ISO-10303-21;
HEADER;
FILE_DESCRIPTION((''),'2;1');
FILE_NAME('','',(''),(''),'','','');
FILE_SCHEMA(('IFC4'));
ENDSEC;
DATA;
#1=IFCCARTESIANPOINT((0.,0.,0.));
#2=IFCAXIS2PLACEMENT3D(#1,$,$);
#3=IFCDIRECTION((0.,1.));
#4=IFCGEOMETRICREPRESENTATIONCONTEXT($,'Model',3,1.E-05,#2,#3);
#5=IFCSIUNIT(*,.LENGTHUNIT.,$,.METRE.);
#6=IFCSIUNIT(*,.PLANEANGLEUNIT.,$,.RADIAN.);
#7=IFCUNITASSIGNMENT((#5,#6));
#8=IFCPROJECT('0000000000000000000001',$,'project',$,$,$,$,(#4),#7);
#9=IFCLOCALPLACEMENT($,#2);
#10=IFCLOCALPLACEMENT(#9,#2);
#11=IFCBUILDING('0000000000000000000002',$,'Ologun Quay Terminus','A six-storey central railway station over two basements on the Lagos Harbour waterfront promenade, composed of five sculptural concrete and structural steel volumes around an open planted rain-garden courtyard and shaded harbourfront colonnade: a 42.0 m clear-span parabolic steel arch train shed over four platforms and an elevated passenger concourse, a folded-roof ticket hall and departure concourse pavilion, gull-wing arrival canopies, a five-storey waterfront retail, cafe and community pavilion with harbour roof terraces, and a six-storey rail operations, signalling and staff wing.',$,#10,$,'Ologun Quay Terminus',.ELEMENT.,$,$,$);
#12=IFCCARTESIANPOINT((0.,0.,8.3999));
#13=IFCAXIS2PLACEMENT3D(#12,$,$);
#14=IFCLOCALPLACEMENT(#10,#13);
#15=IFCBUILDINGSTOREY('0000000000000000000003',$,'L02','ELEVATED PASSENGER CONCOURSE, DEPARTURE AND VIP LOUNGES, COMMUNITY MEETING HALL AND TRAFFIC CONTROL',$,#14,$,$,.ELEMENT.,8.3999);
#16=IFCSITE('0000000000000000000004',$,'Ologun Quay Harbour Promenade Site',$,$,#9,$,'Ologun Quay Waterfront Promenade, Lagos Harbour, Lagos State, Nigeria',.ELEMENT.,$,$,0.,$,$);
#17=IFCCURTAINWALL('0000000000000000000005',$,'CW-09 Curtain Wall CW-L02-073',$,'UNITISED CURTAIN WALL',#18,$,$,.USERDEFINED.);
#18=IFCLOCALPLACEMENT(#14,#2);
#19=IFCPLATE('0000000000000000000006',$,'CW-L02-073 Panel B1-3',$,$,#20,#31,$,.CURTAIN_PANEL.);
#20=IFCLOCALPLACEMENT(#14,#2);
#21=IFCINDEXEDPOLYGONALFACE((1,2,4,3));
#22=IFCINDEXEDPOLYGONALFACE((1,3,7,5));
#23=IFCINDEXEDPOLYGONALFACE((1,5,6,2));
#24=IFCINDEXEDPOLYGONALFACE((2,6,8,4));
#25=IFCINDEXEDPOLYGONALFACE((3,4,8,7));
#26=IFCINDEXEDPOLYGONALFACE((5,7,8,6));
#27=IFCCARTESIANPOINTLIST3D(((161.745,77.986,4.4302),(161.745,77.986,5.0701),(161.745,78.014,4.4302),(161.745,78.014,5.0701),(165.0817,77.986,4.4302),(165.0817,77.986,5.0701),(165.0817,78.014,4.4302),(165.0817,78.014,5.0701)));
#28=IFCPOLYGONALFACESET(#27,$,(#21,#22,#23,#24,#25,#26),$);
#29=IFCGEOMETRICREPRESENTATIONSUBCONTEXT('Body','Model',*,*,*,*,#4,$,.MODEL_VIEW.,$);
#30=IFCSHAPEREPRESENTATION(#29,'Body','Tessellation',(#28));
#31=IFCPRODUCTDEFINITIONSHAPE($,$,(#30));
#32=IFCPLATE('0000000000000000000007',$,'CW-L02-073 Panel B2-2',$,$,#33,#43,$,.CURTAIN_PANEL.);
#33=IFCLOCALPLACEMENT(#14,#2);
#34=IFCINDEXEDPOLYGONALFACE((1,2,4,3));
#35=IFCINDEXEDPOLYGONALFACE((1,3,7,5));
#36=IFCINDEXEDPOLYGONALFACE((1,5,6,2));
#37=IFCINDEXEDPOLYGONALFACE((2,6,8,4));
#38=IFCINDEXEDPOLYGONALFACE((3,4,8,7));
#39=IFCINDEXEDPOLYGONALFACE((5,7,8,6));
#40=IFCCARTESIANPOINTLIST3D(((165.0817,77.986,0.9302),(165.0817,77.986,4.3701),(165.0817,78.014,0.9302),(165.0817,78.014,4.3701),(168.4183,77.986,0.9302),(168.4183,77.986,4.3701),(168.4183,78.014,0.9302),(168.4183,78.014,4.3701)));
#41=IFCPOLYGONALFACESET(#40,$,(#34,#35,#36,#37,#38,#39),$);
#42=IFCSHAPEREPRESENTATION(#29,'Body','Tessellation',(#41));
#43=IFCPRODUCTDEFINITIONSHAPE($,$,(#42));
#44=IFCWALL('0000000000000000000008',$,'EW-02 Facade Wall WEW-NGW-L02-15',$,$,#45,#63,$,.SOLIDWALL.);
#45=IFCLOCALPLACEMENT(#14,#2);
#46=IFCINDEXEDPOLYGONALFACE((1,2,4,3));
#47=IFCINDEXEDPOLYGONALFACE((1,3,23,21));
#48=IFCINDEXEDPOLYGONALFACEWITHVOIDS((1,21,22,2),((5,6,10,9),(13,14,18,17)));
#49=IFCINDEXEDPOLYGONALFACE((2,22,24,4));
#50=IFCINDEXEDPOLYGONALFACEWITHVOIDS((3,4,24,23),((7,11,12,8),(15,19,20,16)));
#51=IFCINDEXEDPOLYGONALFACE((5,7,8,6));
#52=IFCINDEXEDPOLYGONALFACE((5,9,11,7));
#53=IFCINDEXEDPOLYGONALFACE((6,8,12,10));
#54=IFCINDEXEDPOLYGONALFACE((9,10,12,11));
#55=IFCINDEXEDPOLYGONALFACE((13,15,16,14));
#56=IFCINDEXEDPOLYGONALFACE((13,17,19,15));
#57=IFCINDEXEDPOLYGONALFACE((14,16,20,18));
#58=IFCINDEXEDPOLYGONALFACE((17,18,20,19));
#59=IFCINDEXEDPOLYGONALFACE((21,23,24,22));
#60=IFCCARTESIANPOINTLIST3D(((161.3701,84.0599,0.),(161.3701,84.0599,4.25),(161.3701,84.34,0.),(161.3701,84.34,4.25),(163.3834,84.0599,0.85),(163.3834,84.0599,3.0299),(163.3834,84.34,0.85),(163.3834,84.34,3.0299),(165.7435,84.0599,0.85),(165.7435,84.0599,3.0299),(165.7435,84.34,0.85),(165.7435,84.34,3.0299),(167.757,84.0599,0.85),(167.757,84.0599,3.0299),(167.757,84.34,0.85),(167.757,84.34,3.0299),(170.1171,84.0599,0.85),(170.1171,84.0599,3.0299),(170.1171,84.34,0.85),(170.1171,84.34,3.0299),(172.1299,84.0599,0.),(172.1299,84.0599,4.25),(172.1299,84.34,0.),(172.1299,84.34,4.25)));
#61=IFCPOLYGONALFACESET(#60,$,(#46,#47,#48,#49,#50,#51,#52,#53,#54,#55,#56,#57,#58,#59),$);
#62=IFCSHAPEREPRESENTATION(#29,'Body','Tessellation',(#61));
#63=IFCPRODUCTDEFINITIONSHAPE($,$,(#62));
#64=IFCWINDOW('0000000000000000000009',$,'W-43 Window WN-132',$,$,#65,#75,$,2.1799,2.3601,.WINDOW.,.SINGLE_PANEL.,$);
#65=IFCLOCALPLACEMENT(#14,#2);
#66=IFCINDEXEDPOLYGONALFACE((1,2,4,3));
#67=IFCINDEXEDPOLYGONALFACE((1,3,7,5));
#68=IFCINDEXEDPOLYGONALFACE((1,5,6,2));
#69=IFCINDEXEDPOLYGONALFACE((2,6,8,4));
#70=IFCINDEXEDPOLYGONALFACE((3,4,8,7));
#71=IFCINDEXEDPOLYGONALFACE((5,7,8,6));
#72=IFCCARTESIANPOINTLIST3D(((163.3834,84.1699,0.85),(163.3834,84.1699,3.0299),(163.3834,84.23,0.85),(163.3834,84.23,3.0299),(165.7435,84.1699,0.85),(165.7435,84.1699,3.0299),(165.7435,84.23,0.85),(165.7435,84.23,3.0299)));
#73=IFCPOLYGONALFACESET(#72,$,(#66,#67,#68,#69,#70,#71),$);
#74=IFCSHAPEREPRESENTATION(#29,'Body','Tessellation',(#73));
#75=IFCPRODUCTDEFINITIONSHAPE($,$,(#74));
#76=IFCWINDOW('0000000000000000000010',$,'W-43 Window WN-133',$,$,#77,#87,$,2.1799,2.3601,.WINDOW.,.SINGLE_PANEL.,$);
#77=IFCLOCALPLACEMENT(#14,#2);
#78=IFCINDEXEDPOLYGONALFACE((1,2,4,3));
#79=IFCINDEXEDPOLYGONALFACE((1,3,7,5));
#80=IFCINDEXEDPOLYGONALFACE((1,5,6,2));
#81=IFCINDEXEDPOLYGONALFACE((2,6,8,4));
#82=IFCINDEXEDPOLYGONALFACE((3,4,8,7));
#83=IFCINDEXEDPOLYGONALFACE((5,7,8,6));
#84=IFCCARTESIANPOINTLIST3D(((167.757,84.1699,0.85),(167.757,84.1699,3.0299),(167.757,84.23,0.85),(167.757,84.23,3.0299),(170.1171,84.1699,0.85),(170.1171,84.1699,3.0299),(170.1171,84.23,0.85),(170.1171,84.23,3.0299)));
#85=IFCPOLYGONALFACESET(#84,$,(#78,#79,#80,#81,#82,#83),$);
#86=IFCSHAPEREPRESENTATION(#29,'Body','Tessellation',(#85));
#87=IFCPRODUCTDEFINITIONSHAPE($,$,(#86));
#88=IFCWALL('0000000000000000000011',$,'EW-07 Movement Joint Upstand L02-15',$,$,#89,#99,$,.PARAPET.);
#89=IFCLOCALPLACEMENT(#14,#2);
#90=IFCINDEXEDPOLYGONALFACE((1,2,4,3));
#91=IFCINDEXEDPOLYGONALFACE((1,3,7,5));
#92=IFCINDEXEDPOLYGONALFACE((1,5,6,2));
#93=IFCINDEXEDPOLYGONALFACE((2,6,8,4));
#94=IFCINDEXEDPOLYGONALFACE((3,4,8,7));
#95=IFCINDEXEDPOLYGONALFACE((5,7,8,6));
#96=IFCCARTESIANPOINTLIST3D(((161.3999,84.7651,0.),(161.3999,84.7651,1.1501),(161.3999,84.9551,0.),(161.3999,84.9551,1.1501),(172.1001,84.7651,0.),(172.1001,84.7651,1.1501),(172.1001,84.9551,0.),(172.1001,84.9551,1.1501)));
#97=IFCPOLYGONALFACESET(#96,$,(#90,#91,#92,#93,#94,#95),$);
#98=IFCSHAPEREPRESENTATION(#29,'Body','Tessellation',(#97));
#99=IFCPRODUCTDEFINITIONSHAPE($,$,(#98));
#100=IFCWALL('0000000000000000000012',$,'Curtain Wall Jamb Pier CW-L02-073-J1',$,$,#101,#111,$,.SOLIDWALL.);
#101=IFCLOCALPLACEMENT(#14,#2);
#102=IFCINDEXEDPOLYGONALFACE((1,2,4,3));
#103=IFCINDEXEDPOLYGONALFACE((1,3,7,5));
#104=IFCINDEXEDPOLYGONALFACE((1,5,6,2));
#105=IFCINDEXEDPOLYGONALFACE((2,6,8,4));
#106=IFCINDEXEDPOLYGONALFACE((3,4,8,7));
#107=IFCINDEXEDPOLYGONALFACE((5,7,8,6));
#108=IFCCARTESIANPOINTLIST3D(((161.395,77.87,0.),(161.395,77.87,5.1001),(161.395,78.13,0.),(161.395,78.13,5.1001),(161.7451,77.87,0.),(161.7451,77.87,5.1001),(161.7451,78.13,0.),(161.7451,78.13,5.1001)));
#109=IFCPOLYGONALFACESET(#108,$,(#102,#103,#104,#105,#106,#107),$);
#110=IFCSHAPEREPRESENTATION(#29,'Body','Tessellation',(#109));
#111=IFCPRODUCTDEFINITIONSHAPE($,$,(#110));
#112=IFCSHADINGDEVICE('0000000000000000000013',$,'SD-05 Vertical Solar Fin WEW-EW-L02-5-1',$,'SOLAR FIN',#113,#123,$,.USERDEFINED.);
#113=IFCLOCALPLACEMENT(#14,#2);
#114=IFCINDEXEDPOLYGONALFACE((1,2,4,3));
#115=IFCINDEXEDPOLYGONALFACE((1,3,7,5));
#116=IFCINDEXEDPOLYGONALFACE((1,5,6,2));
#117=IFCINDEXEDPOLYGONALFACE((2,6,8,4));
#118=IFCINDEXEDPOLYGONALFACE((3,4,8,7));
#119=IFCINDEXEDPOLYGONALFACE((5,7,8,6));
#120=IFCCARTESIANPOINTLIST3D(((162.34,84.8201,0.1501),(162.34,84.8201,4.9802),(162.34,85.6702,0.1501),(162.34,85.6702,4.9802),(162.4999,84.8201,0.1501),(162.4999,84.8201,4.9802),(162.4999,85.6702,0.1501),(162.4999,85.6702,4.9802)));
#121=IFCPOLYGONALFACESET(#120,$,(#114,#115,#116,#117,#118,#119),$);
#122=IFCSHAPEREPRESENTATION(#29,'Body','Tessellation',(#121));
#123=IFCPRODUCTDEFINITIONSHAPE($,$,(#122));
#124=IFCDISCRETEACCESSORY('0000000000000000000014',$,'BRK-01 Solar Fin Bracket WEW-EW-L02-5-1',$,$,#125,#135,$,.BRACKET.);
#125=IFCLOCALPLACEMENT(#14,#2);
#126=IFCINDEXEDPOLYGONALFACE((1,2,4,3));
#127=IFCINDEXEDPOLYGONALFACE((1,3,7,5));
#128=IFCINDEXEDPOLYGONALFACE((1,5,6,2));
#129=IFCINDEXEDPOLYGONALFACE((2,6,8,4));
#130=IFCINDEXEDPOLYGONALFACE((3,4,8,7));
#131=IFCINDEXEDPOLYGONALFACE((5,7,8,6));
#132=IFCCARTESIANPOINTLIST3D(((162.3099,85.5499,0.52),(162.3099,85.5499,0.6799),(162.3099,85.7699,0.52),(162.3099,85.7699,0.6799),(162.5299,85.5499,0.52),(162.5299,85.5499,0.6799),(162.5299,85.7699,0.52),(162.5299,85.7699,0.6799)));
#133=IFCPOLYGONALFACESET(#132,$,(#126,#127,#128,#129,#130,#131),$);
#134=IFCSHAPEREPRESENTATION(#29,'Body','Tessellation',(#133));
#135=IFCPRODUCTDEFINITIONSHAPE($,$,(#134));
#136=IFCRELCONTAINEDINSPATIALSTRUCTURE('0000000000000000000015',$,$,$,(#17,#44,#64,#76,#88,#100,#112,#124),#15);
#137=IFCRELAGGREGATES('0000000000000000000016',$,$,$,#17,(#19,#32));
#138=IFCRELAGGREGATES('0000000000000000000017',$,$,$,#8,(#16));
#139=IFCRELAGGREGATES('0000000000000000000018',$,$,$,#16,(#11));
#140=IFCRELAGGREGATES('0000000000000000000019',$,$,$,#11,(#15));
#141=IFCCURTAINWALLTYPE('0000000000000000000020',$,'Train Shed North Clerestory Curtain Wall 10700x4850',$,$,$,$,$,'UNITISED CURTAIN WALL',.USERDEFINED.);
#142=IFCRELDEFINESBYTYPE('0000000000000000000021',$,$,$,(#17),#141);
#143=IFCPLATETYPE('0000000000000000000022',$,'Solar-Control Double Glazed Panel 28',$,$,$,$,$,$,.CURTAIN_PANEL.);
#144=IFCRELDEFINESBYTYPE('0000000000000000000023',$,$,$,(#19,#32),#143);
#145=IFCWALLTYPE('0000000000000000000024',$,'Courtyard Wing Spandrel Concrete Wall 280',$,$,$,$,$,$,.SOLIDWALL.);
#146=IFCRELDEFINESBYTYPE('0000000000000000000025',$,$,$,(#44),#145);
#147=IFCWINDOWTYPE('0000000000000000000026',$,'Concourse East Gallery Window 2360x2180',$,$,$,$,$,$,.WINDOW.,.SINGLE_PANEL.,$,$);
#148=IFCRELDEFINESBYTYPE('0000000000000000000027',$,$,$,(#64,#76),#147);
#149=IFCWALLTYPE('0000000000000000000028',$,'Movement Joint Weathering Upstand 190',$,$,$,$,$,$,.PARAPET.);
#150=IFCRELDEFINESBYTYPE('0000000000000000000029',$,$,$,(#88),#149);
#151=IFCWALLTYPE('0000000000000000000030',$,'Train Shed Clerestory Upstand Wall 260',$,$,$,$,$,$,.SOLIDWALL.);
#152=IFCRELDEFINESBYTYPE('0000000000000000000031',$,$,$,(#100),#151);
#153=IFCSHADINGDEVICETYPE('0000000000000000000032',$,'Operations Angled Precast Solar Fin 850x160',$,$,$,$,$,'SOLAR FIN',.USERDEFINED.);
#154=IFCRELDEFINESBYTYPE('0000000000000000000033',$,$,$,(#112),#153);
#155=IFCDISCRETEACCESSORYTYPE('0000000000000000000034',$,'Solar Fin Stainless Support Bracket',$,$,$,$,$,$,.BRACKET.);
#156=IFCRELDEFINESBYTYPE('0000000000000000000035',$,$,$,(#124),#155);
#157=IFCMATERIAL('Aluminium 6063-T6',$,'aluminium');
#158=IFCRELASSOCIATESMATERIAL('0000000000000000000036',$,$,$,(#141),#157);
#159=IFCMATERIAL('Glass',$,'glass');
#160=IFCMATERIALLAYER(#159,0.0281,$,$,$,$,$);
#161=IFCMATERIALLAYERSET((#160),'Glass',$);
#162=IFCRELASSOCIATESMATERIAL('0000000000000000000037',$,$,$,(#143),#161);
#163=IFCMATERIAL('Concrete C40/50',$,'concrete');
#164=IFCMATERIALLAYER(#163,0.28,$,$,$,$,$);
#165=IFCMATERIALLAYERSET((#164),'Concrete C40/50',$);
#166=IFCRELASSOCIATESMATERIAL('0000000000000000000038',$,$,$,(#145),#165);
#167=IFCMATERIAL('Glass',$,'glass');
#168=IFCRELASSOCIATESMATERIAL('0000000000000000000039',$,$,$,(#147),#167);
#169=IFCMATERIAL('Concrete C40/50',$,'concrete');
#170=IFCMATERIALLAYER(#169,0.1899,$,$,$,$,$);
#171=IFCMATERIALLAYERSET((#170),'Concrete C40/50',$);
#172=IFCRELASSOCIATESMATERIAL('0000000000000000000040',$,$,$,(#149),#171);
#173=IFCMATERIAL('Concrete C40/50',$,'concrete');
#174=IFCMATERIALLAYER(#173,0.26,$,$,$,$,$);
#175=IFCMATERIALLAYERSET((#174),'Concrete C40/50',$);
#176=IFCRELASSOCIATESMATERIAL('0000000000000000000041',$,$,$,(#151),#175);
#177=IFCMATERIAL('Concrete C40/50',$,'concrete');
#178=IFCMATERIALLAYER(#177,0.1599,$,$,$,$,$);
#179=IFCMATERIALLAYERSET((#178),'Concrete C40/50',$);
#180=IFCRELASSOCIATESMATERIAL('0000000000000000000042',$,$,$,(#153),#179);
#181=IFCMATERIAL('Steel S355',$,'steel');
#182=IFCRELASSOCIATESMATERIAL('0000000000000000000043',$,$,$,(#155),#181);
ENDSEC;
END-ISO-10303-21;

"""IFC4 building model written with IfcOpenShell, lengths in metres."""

from ifc_helpers import new_model, si_unit, direction, frame, frame_2d, origin, origin_2d, place, context, subcontext, project, spatial, rectangle, extrude, material, layer, layer_set, type_object, element, fill, aggregate, save


model = new_model("IFC4")

# Units and contexts
model_context = context("Model", 3, precision=1e-05, world=origin(), true_north=direction((0.0, 1.0)))
body_context = subcontext(model_context, "Body", "Model", "MODEL_VIEW")
ifc_project = project(units=[si_unit("LENGTHUNIT", "METRE"), si_unit("PLANEANGLEUNIT", "RADIAN")], contexts=[model_context])

# Site, building, storey
site_placement = place(None, origin())
site = spatial("IfcSite", under=ifc_project, at=site_placement, Name="Ologun Quay Harbour Promenade Site", LongName="Ologun Quay Waterfront Promenade, Lagos Harbour, Lagos State, Nigeria", CompositionType="ELEMENT", RefElevation=0.0)
building_placement = place(site_placement, origin())
building = spatial("IfcBuilding", under=site, at=building_placement, Name="Ologun Quay Terminus", Description="A six-storey central railway station over two basements on the Lagos Harbour waterfront promenade, composed of five sculptural concrete and structural steel volumes around an open planted rain-garden courtyard and shaded harbourfront colonnade: a 42.0 m clear-span parabolic steel arch train shed over four platforms and an elevated passenger concourse, a folded-roof ticket hall and departure concourse pavilion, gull-wing arrival canopies, a five-storey waterfront retail, cafe and community pavilion with harbour roof terraces, and a six-storey rail operations, signalling and staff wing.", LongName="Ologun Quay Terminus", CompositionType="ELEMENT")
storey_placement = place(building_placement, frame((0.0, 0.0, 8.3999)))
storey = spatial("IfcBuildingStorey", under=building, at=storey_placement, Name="L02", Description="ELEVATED PASSENGER CONCOURSE, DEPARTURE AND VIP LOUNGES, COMMUNITY MEETING HALL AND TRAFFIC CONTROL", CompositionType="ELEMENT", Elevation=8.3999)

# Curtain wall
ifc_material_1 = material(Name="Aluminium 6063-T6", Category="aluminium")
curtain_wall_type = type_object("IfcCurtainWallType", Name="Train Shed North Clerestory Curtain Wall 10700x4850", ElementType="UNITISED CURTAIN WALL", PredefinedType="USERDEFINED", material=ifc_material_1)
curtain_wall_placement = place(storey_placement, origin())
curtain_wall = element("IfcCurtainWall", 1, at=curtain_wall_placement, inside=storey, type_object=curtain_wall_type, Name="CW-09 Curtain Wall CW-L02-073", ObjectType="UNITISED CURTAIN WALL", PredefinedType="USERDEFINED")

# Plates
ifc_material_2 = material(Name="Glass", Category="glass")
ifc_layer_1 = layer(ifc_material_2, 0.0281)
ifc_layer_set_1 = layer_set([ifc_layer_1], Name="Glass")
plate_type_1 = type_object("IfcPlateType", Name="Solar-Control Double Glazed Panel 28", PredefinedType="CURTAIN_PANEL", material=ifc_layer_set_1)
plate_1_placement = place(storey_placement, frame((163.4133, 78.0, 4.4302), z_axis=(0.0, 0.0, 1.0), x_axis=(1.0, 0.0, 0.0)))
plate_1 = element("IfcPlate", 2, at=plate_1_placement, type_object=plate_type_1, Name="CW-L02-073 Panel B1-3", PredefinedType="CURTAIN_PANEL", context=body_context, shape_type="SweptSolid", body=[
    extrude(rectangle(XDim=3.3367, YDim=0.0281, at=origin_2d()), origin(), (0.0, 0.0, 1.0), 0.6399),
])
plate_2_placement = place(storey_placement, frame((166.75, 78.0, 0.9302), z_axis=(0.0, 0.0, 1.0), x_axis=(1.0, 0.0, 0.0)))
plate_2 = element("IfcPlate", 3, at=plate_2_placement, type_object=plate_type_1, Name="CW-L02-073 Panel B2-2", PredefinedType="CURTAIN_PANEL", context=body_context, shape_type="SweptSolid", body=[
    extrude(rectangle(XDim=3.3367, YDim=0.0281, at=origin_2d()), origin(), (0.0, 0.0, 1.0), 3.4399),
])
aggregate(curtain_wall, [plate_1, plate_2])

# Wall, openings, windows
ifc_material_3 = material(Name="Concrete C40/50", Category="concrete")
ifc_layer_2 = layer(ifc_material_3, 0.28)
ifc_layer_set_2 = layer_set([ifc_layer_2], Name="Concrete C40/50")
wall_type_1 = type_object("IfcWallType", Name="Courtyard Wing Spandrel Concrete Wall 280", PredefinedType="SOLIDWALL", material=ifc_layer_set_2)
wall_1_placement = place(storey_placement, frame((161.3701, 84.2, 0.0), z_axis=(0.0, 0.0, 1.0), x_axis=(1.0, 0.0, 0.0)))
wall_1 = element("IfcWall", 4, at=wall_1_placement, inside=storey, type_object=wall_type_1, Name="EW-02 Facade Wall WEW-NGW-L02-15", PredefinedType="SOLIDWALL", context=body_context, shape_type="SweptSolid", body=[
    extrude(rectangle(XDim=10.7598, YDim=0.28, at=frame_2d((5.3799, 0.0))), origin(), (0.0, 0.0, 1.0), 4.25),
])
opening_1_placement = place(wall_1_placement, frame((2.0132, 0.0, 0.8501)))
opening_1 = element("IfcOpeningElement", 5, at=opening_1_placement, cuts=wall_1, PredefinedType="OPENING", context=body_context, shape_type="SweptSolid", body=[
    extrude(rectangle(XDim=2.3601, YDim=2.1799, at=frame_2d((1.1802, 1.0898))), frame((0.0, 0.1499, 0.0), z_axis=(0.0, -1.0, 0.0), x_axis=(1.0, 0.0, 0.0)), (0.0, 0.0, 1.0), 0.3),
])
opening_2_placement = place(wall_1_placement, frame((6.3867, 0.0, 0.8501)))
opening_2 = element("IfcOpeningElement", 6, at=opening_2_placement, cuts=wall_1, PredefinedType="OPENING", context=body_context, shape_type="SweptSolid", body=[
    extrude(rectangle(XDim=2.3601, YDim=2.1799, at=frame_2d((1.1802, 1.0898))), frame((0.0, 0.1499, 0.0), z_axis=(0.0, -1.0, 0.0), x_axis=(1.0, 0.0, 0.0)), (0.0, 0.0, 1.0), 0.3),
])
ifc_material_4 = material(Name="Glass", Category="glass")
window_type = type_object("IfcWindowType", Name="Concourse East Gallery Window 2360x2180", PartitioningType="SINGLE_PANEL", PredefinedType="WINDOW", material=ifc_material_4)
window_1_placement = place(opening_1_placement, origin())
window_1 = element("IfcWindow", 7, at=window_1_placement, inside=storey, type_object=window_type, Name="W-43 Window WN-132", OverallHeight=2.1799, OverallWidth=2.3601, PartitioningType="SINGLE_PANEL", PredefinedType="WINDOW", context=body_context, shape_type="SweptSolid", body=[
    extrude(rectangle(XDim=2.3601, YDim=2.1799, at=frame_2d((1.1802, 1.0898))), frame((0.0, 0.03, 0.0), z_axis=(0.0, -1.0, 0.0), x_axis=(1.0, 0.0, 0.0)), (0.0, 0.0, 1.0), 0.0601),
])
fill(opening_1, window_1)
window_2_placement = place(opening_2_placement, origin())
window_2 = element("IfcWindow", 8, at=window_2_placement, inside=storey, type_object=window_type, Name="W-43 Window WN-133", OverallHeight=2.1799, OverallWidth=2.3601, PartitioningType="SINGLE_PANEL", PredefinedType="WINDOW", context=body_context, shape_type="SweptSolid", body=[
    extrude(rectangle(XDim=2.3601, YDim=2.1799, at=frame_2d((1.1802, 1.0898))), frame((0.0, 0.03, 0.0), z_axis=(0.0, -1.0, 0.0), x_axis=(1.0, 0.0, 0.0)), (0.0, 0.0, 1.0), 0.0601),
])
fill(opening_2, window_2)

# Walls
ifc_material_5 = material(Name="Concrete C40/50", Category="concrete")
ifc_layer_3 = layer(ifc_material_5, 0.1899)
ifc_layer_set_3 = layer_set([ifc_layer_3], Name="Concrete C40/50")
wall_type_2 = type_object("IfcWallType", Name="Movement Joint Weathering Upstand 190", PredefinedType="PARAPET", material=ifc_layer_set_3)
wall_2_placement = place(storey_placement, frame((161.3999, 84.8601, 0.0), z_axis=(0.0, 0.0, 1.0), x_axis=(1.0, 0.0, 0.0)))
element("IfcWall", 9, at=wall_2_placement, inside=storey, type_object=wall_type_2, Name="EW-07 Movement Joint Upstand L02-15", PredefinedType="PARAPET", context=body_context, shape_type="SweptSolid", body=[
    extrude(rectangle(XDim=10.7002, YDim=0.1899, at=frame_2d((5.3501, 0.0))), origin(), (0.0, 0.0, 1.0), 1.1501),
])
ifc_material_6 = material(Name="Concrete C40/50", Category="concrete")
ifc_layer_4 = layer(ifc_material_6, 0.26)
ifc_layer_set_4 = layer_set([ifc_layer_4], Name="Concrete C40/50")
wall_type_3 = type_object("IfcWallType", Name="Train Shed Clerestory Upstand Wall 260", PredefinedType="SOLIDWALL", material=ifc_layer_set_4)
wall_3_placement = place(storey_placement, frame((161.395, 78.0, 0.0), z_axis=(0.0, 0.0, 1.0), x_axis=(1.0, 0.0, 0.0)))
element("IfcWall", 10, at=wall_3_placement, inside=storey, type_object=wall_type_3, Name="Curtain Wall Jamb Pier CW-L02-073-J1", PredefinedType="SOLIDWALL", context=body_context, shape_type="SweptSolid", body=[
    extrude(rectangle(XDim=0.3501, YDim=0.26, at=frame_2d((0.175, 0.0))), origin(), (0.0, 0.0, 1.0), 5.1001),
])

# Shading device
ifc_material_7 = material(Name="Concrete C40/50", Category="concrete")
ifc_layer_5 = layer(ifc_material_7, 0.1599)
ifc_layer_set_5 = layer_set([ifc_layer_5], Name="Concrete C40/50")
shading_device_type = type_object("IfcShadingDeviceType", Name="Operations Angled Precast Solar Fin 850x160", ElementType="SOLAR FIN", PredefinedType="USERDEFINED", material=ifc_layer_set_5)
shading_device_placement = place(storey_placement, frame((162.4199, 85.2451, 0.1501), z_axis=(0.0, 0.0, 1.0), x_axis=(1.0, 0.0, 0.0)))
element("IfcShadingDevice", 11, at=shading_device_placement, inside=storey, type_object=shading_device_type, Name="SD-05 Vertical Solar Fin WEW-EW-L02-5-1", ObjectType="SOLAR FIN", PredefinedType="USERDEFINED", context=body_context, shape_type="SweptSolid", body=[
    extrude(rectangle(XDim=0.1599, YDim=0.8501, at=origin_2d()), origin(), (0.0, 0.0, 1.0), 4.8301),
])

# Discrete accessory
ifc_material_8 = material(Name="Steel S355", Category="steel")
discrete_accessory_type = type_object("IfcDiscreteAccessoryType", Name="Solar Fin Stainless Support Bracket", PredefinedType="BRACKET", material=ifc_material_8)
discrete_accessory_placement = place(storey_placement, frame((162.4199, 85.6599, 0.52), z_axis=(0.0, 0.0, 1.0), x_axis=(1.0, 0.0, 0.0)))
element("IfcDiscreteAccessory", 12, at=discrete_accessory_placement, inside=storey, type_object=discrete_accessory_type, Name="BRK-01 Solar Fin Bracket WEW-EW-L02-5-1", PredefinedType="BRACKET", context=body_context, shape_type="SweptSolid", body=[
    extrude(rectangle(XDim=0.22, YDim=0.22, at=origin_2d()), origin(), (0.0, 0.0, 1.0), 0.1599),
])

save(model, "model.ifc")
